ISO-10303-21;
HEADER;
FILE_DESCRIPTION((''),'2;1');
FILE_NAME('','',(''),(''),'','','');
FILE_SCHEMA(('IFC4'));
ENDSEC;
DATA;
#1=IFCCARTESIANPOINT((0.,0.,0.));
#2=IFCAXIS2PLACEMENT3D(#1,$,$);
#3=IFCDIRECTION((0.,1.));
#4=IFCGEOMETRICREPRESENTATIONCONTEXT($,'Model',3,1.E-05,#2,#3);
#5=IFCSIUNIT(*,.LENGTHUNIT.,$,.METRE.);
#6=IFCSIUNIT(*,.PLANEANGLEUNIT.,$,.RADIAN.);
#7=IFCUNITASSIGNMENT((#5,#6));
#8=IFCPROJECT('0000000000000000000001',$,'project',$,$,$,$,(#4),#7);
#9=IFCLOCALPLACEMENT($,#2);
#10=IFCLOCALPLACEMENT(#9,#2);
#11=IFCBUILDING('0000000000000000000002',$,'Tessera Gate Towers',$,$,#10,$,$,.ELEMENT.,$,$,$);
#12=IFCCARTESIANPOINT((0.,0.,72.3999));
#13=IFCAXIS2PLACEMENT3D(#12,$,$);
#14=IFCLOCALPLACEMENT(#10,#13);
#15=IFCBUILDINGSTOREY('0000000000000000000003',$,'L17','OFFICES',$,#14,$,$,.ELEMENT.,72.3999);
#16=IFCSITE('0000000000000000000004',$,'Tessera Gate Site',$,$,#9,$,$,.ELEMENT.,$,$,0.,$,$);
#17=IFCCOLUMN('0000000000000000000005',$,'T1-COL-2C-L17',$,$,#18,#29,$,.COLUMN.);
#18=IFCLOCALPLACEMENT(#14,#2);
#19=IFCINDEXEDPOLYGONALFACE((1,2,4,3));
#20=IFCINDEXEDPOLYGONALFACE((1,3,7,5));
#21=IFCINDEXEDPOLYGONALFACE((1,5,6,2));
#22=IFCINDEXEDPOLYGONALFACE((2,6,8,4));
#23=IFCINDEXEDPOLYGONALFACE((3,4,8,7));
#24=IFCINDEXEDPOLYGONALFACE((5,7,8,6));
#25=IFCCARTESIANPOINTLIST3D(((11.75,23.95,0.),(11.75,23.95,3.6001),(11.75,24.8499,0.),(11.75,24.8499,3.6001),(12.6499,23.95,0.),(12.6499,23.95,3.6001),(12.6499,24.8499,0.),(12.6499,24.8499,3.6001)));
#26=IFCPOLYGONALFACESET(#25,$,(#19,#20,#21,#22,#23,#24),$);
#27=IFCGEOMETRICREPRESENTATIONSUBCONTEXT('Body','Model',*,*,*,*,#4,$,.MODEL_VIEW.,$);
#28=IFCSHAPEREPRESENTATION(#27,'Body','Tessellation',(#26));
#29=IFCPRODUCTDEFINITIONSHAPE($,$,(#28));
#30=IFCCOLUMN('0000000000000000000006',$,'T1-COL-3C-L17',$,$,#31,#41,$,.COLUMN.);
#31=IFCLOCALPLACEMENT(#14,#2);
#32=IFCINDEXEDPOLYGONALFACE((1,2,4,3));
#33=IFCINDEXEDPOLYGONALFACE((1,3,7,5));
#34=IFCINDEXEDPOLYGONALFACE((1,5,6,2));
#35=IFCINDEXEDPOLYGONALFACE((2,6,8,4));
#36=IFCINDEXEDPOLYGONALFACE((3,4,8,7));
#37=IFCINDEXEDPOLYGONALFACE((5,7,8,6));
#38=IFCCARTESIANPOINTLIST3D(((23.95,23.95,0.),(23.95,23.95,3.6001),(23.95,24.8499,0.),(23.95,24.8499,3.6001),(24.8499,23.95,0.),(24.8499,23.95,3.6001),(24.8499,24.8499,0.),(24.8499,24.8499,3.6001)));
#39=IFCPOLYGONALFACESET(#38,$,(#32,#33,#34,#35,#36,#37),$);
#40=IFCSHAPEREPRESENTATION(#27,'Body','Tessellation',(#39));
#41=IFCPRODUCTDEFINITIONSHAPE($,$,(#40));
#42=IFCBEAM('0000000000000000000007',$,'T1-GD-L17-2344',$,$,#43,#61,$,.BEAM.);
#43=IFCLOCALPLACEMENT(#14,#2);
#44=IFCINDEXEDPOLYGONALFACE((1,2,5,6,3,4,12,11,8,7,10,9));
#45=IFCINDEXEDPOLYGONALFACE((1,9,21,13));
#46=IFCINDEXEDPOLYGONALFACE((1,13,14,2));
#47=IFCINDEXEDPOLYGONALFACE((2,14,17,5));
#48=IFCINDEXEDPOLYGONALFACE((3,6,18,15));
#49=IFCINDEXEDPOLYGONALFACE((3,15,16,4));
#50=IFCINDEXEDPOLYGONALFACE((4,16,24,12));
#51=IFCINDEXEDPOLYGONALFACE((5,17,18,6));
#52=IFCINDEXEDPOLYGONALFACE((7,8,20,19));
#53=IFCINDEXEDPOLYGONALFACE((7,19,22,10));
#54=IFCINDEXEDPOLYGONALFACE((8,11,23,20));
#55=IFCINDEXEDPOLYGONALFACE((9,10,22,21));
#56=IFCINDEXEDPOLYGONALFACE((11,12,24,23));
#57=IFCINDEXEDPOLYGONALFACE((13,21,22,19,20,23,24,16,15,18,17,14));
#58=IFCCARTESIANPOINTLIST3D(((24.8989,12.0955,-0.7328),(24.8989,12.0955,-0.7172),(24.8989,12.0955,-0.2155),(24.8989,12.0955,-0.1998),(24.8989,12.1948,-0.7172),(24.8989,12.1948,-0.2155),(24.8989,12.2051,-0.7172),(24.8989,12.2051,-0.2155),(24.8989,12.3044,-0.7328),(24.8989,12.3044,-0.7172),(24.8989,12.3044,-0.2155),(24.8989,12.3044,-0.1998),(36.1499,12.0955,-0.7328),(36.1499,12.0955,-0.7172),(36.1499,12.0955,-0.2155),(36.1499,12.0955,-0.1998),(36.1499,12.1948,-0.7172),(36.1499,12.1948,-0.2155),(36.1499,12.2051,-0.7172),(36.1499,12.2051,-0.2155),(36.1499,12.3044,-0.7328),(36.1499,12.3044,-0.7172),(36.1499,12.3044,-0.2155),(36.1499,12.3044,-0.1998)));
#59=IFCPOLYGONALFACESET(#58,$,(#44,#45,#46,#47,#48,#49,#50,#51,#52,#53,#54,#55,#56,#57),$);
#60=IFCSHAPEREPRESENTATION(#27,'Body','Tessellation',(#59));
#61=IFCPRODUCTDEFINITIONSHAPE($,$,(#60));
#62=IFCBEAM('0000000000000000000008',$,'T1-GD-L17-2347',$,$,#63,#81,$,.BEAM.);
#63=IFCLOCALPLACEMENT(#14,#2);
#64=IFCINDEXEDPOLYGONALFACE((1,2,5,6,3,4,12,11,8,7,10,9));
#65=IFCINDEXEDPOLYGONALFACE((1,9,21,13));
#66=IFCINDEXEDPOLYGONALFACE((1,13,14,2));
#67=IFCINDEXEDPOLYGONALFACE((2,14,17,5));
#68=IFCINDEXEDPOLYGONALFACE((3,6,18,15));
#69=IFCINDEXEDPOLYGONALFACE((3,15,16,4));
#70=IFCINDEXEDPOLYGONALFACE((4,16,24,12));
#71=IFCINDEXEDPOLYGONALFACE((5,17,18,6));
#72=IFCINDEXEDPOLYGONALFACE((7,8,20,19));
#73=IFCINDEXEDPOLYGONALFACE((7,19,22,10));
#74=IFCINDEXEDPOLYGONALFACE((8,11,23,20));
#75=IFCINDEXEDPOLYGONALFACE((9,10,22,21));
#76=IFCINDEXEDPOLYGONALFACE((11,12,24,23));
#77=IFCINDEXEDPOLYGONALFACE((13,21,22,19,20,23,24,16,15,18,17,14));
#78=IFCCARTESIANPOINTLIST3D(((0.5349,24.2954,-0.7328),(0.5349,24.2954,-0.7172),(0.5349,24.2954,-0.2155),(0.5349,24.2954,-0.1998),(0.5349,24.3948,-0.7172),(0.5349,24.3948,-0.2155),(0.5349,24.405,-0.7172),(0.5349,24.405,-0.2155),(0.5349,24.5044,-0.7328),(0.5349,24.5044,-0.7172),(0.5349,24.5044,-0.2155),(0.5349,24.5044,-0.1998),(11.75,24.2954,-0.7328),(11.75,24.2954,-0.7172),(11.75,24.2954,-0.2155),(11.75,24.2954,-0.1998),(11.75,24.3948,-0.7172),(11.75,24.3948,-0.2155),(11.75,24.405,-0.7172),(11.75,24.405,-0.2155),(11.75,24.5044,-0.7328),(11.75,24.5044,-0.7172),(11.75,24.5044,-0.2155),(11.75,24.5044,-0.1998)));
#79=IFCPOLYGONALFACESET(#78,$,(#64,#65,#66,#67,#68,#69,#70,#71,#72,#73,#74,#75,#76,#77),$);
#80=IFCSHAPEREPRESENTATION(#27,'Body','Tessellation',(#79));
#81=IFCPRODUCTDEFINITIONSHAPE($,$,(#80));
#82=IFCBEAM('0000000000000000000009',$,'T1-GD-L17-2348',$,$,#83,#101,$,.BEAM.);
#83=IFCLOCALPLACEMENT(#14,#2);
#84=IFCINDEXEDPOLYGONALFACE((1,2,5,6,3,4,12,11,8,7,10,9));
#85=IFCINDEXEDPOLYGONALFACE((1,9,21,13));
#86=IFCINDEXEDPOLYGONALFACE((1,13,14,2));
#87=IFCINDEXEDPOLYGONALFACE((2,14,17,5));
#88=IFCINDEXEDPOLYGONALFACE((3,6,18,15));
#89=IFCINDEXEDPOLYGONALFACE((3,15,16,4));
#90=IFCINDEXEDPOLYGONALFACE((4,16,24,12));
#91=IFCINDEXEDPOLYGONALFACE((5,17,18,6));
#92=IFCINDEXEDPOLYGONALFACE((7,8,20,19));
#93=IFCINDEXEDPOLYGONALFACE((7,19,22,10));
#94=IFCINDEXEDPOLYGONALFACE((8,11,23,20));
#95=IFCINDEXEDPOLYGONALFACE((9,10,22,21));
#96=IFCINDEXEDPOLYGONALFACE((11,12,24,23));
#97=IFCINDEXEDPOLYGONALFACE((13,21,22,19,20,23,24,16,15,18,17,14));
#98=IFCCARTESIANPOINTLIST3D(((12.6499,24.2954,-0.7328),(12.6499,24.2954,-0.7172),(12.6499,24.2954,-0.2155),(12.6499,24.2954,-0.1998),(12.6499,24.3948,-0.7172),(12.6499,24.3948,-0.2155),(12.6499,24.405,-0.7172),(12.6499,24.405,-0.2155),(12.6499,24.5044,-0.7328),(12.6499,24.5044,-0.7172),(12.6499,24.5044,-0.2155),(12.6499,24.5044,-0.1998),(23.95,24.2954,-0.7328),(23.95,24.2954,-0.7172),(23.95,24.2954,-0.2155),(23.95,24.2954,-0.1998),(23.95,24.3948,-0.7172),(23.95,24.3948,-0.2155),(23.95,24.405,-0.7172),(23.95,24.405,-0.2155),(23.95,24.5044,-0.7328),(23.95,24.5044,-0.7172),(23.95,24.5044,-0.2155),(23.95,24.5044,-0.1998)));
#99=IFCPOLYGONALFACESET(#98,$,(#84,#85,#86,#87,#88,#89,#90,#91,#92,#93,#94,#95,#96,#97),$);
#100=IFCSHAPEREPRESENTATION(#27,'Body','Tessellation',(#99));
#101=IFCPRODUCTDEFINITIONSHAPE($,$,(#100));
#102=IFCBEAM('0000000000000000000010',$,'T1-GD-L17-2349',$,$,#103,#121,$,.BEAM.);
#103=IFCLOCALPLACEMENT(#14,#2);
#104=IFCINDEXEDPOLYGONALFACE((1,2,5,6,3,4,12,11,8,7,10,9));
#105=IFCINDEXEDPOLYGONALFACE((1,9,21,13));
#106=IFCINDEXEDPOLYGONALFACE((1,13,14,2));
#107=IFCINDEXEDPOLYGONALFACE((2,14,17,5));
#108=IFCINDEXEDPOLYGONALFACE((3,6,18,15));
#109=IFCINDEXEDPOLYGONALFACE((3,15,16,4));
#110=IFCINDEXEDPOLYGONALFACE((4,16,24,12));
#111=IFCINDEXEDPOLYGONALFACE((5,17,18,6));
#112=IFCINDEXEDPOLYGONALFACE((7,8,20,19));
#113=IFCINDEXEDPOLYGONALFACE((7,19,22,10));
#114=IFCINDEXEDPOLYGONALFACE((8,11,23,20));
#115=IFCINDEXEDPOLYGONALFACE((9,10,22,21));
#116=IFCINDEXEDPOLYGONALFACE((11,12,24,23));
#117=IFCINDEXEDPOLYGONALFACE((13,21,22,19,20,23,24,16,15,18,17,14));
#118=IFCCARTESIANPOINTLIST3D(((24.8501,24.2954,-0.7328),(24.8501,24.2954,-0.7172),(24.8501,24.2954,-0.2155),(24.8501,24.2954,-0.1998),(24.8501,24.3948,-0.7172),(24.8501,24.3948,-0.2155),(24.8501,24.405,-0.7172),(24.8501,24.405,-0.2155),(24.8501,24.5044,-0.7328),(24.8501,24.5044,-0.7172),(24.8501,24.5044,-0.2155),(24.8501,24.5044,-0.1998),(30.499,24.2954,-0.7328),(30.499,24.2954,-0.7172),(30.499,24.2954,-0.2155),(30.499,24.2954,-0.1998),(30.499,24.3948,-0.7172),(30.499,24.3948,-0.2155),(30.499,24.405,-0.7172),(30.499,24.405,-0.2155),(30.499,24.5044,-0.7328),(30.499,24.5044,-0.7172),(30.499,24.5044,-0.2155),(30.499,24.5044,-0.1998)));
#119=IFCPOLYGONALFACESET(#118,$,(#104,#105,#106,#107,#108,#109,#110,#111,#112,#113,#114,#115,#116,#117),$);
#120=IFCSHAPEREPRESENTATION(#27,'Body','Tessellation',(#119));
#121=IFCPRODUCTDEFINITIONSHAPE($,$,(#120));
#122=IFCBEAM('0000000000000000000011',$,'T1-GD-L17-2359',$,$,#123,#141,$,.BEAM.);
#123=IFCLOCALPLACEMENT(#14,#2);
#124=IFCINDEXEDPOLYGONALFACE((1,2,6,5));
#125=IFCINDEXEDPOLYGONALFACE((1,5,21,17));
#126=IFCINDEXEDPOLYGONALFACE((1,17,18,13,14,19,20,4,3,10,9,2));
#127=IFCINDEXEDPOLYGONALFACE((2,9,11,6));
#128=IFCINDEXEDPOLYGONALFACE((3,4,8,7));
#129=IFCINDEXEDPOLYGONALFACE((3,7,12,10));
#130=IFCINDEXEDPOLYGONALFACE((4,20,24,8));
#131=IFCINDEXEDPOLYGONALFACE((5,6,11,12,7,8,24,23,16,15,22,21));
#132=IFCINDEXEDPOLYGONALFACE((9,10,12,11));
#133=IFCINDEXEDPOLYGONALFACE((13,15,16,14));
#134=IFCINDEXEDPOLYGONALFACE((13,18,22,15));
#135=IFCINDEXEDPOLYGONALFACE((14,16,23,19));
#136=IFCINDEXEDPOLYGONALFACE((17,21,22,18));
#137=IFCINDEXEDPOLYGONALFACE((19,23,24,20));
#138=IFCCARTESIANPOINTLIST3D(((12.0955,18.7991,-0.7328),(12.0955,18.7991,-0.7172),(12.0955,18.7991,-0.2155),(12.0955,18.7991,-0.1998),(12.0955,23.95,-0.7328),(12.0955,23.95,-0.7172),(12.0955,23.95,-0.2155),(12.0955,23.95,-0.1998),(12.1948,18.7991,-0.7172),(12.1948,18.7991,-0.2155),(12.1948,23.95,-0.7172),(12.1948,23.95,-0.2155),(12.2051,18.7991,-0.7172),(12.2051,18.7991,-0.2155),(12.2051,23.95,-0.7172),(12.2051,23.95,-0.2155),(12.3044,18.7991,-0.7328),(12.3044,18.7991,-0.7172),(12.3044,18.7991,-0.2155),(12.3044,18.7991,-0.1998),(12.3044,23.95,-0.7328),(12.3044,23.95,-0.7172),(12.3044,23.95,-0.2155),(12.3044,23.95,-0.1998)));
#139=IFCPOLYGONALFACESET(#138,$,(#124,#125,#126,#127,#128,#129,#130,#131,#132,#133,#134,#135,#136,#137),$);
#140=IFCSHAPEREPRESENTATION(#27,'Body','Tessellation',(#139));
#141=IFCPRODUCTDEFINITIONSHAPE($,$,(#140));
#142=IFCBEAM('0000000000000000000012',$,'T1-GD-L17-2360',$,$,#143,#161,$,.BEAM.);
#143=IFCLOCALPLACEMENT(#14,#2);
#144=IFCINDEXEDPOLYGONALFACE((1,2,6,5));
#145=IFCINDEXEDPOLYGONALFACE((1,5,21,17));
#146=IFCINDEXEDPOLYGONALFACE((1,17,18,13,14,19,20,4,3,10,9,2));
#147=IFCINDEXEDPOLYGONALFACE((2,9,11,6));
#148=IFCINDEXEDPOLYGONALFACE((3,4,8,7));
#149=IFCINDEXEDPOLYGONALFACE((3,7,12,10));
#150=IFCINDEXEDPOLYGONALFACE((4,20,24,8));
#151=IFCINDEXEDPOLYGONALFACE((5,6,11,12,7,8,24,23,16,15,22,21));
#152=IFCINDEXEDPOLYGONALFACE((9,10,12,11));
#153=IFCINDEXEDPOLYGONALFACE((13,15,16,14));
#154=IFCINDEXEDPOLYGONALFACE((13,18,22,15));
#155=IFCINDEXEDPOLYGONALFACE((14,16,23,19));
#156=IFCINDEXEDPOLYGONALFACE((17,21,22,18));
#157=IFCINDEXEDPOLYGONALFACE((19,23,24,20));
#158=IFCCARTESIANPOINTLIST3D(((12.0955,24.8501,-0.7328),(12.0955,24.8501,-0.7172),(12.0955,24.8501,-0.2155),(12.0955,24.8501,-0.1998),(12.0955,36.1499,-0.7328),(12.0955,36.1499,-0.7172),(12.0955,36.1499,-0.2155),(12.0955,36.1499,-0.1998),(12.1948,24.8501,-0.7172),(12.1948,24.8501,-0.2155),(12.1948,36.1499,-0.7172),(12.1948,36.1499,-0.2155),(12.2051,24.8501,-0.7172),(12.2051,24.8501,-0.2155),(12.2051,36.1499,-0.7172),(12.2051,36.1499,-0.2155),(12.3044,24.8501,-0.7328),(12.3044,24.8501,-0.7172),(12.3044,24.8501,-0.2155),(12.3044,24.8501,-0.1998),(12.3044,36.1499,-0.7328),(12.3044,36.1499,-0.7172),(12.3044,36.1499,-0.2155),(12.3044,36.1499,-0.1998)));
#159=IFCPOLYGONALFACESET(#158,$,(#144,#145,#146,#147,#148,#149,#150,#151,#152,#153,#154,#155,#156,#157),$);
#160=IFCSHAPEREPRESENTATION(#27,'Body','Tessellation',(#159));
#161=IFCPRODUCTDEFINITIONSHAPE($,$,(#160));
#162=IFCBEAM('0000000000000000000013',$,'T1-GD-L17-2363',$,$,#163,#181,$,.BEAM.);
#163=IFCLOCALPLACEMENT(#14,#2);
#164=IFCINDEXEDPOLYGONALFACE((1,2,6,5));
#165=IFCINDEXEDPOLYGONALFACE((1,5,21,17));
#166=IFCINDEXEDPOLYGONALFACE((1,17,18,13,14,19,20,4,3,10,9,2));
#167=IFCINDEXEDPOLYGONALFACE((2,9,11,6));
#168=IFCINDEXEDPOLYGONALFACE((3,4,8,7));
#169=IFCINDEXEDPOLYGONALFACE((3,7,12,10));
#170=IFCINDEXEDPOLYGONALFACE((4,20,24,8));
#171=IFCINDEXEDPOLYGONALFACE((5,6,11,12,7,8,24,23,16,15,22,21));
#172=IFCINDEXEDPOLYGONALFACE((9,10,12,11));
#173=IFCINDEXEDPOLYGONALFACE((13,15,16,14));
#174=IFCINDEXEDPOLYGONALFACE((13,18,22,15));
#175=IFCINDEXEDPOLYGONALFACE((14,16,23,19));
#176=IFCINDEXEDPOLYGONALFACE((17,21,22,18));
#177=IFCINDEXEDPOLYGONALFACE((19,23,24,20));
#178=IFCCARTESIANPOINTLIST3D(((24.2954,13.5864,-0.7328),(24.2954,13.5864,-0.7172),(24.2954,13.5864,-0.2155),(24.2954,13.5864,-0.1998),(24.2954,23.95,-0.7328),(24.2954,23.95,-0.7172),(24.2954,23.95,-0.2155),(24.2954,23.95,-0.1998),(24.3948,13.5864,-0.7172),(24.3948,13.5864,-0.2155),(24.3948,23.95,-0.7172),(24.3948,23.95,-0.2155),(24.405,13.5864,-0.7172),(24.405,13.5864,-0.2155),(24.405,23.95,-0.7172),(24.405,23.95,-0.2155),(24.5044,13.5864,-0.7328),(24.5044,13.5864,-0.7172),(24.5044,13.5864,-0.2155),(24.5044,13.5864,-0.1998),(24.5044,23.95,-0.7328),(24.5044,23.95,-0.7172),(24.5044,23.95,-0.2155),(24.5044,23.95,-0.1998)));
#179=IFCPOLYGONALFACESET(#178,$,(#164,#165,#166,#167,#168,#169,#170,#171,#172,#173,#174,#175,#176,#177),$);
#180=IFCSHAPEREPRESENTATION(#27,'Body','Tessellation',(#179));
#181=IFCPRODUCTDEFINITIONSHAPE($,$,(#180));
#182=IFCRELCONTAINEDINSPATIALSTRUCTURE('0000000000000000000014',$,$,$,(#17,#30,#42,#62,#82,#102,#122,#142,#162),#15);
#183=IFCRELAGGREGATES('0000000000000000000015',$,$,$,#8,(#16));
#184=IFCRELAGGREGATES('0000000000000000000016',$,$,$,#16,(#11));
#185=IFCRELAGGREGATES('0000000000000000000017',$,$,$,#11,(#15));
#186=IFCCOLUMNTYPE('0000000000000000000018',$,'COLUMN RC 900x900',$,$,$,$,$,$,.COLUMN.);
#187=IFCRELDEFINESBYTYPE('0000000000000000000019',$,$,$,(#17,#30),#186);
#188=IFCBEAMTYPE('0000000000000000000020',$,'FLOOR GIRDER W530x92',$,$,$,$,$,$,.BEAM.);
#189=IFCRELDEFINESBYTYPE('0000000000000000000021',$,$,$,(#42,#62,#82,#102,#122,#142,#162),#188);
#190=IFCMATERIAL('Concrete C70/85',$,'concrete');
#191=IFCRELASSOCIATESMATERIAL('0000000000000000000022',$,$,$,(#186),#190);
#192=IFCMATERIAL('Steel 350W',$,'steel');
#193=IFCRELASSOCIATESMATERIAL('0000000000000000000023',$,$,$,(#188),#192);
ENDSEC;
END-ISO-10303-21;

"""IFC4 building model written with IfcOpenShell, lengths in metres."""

from ifc_helpers import new_model, si_unit, direction, frame, origin, origin_2d, place, context, subcontext, project, spatial, rectangle, i_section, extrude, material, material_profile, profile_set, type_object, element, save


model = new_model("IFC4")

# Units and contexts
model_context = context("Model", 3, precision=1e-05, world=origin(), true_north=direction((0.0, 1.0)))
body_context = subcontext(model_context, "Body", "Model", "MODEL_VIEW")
ifc_project = project(units=[si_unit("LENGTHUNIT", "METRE"), si_unit("PLANEANGLEUNIT", "RADIAN")], contexts=[model_context])

# Site, building, storey
site_placement = place(None, origin())
site = spatial("IfcSite", under=ifc_project, at=site_placement, Name="Tessera Gate Site", CompositionType="ELEMENT", RefElevation=0.0)
building_placement = place(site_placement, origin())
building = spatial("IfcBuilding", under=site, at=building_placement, Name="Tessera Gate Towers", CompositionType="ELEMENT")
storey_placement = place(building_placement, frame((0.0, 0.0, 72.3999)))
storey = spatial("IfcBuildingStorey", under=building, at=storey_placement, Name="L17", Description="OFFICES", CompositionType="ELEMENT", Elevation=72.3999)

# Columns
ifc_material_1 = material(Name="Concrete C70/85", Category="concrete")
ifc_material_profile_1 = material_profile(ifc_material_1, rectangle(XDim=0.8999, YDim=0.8999, at=origin_2d()), Name="RC 900x900")
ifc_profile_set_1 = profile_set([ifc_material_profile_1], Name="Concrete C70/85")
column_type = type_object("IfcColumnType", Name="COLUMN RC 900x900", PredefinedType="COLUMN", material=ifc_profile_set_1)
for number, where, z_axis, x_axis, name in (
    (1, (12.2, 24.3999, 0.0), (0.0, 0.0, 1.0), (1.0, 0.0, 0.0), "T1-COL-2C-L17"),
    (2, (24.3999, 24.3999, 0.0), (0.0, 0.0, 1.0), (1.0, 0.0, 0.0), "T1-COL-3C-L17"),
):
    element("IfcColumn", number, at=place(storey_placement, frame(where, z_axis=z_axis, x_axis=x_axis)), inside=storey, type_object=column_type, Name=name, PredefinedType="COLUMN", context=body_context, shape_type="SweptSolid", body=[
        extrude(rectangle(XDim=0.8999, YDim=0.8999, at=origin_2d()), origin(), (0.0, 0.0, 1.0), 3.6001),
    ])

# Beams
ifc_material_2 = material(Name="Steel 350W", Category="steel")
ifc_material_profile_2 = material_profile(ifc_material_2, i_section(OverallWidth=0.209, OverallDepth=0.533, WebThickness=0.0103, FlangeThickness=0.0156, at=origin_2d()), Name="W530x92")
ifc_profile_set_2 = profile_set([ifc_material_profile_2], Name="Steel 350W")
beam_type_1 = type_object("IfcBeamType", Name="FLOOR GIRDER W530x92", PredefinedType="BEAM", material=ifc_profile_set_2)
beam_1_placement = place(storey_placement, frame((24.8989, 12.2, -0.4663), z_axis=(1.0, 0.0, 0.0), x_axis=(0.0, 1.0, 0.0)))
element("IfcBeam", 3, at=beam_1_placement, inside=storey, type_object=beam_type_1, Name="T1-GD-L17-2344", PredefinedType="BEAM", context=body_context, shape_type="SweptSolid", body=[
    extrude(i_section(OverallWidth=0.209, OverallDepth=0.533, WebThickness=0.0103, FlangeThickness=0.0156, at=origin_2d()), origin(), (0.0, 0.0, 1.0), 11.251),
])
beam_2_placement = place(storey_placement, frame((0.5349, 24.3999, -0.4663), z_axis=(1.0, 0.0, 0.0), x_axis=(0.0, 1.0, 0.0)))
element("IfcBeam", 4, at=beam_2_placement, inside=storey, type_object=beam_type_1, Name="T1-GD-L17-2347", PredefinedType="BEAM", context=body_context, shape_type="SweptSolid", body=[
    extrude(i_section(OverallWidth=0.209, OverallDepth=0.533, WebThickness=0.0103, FlangeThickness=0.0156, at=origin_2d()), origin(), (0.0, 0.0, 1.0), 11.2151),
])
beam_3_placement = place(storey_placement, frame((12.6499, 24.3999, -0.4663), z_axis=(1.0, 0.0, 0.0), x_axis=(0.0, 1.0, 0.0)))
element("IfcBeam", 5, at=beam_3_placement, inside=storey, type_object=beam_type_1, Name="T1-GD-L17-2348", PredefinedType="BEAM", context=body_context, shape_type="SweptSolid", body=[
    extrude(i_section(OverallWidth=0.209, OverallDepth=0.533, WebThickness=0.0103, FlangeThickness=0.0156, at=origin_2d()), origin(), (0.0, 0.0, 1.0), 11.3),
])
beam_4_placement = place(storey_placement, frame((24.8501, 24.3999, -0.4663), z_axis=(1.0, 0.0, 0.0), x_axis=(0.0, 1.0, 0.0)))
element("IfcBeam", 6, at=beam_4_placement, inside=storey, type_object=beam_type_1, Name="T1-GD-L17-2349", PredefinedType="BEAM", context=body_context, shape_type="SweptSolid", body=[
    extrude(i_section(OverallWidth=0.209, OverallDepth=0.533, WebThickness=0.0103, FlangeThickness=0.0156, at=origin_2d()), origin(), (0.0, 0.0, 1.0), 5.6489),
])
beam_5_placement = place(storey_placement, frame((12.2, 18.7991, -0.4663), z_axis=(0.0, 1.0, 0.0), x_axis=(-1.0, 0.0, 0.0)))
element("IfcBeam", 7, at=beam_5_placement, inside=storey, type_object=beam_type_1, Name="T1-GD-L17-2359", PredefinedType="BEAM", context=body_context, shape_type="SweptSolid", body=[
    extrude(i_section(OverallWidth=0.209, OverallDepth=0.533, WebThickness=0.0103, FlangeThickness=0.0156, at=origin_2d()), origin(), (0.0, 0.0, 1.0), 5.1509),
])
beam_6_placement = place(storey_placement, frame((12.2, 24.8501, -0.4663), z_axis=(0.0, 1.0, 0.0), x_axis=(-1.0, 0.0, 0.0)))
element("IfcBeam", 8, at=beam_6_placement, inside=storey, type_object=beam_type_1, Name="T1-GD-L17-2360", PredefinedType="BEAM", context=body_context, shape_type="SweptSolid", body=[
    extrude(i_section(OverallWidth=0.209, OverallDepth=0.533, WebThickness=0.0103, FlangeThickness=0.0156, at=origin_2d()), origin(), (0.0, 0.0, 1.0), 11.2998),
])
beam_7_placement = place(storey_placement, frame((24.3999, 13.5864, -0.4663), z_axis=(0.0, 1.0, 0.0), x_axis=(-1.0, 0.0, 0.0)))
element("IfcBeam", 9, at=beam_7_placement, inside=storey, type_object=beam_type_1, Name="T1-GD-L17-2363", PredefinedType="BEAM", context=body_context, shape_type="SweptSolid", body=[
    extrude(i_section(OverallWidth=0.209, OverallDepth=0.533, WebThickness=0.0103, FlangeThickness=0.0156, at=origin_2d()), origin(), (0.0, 0.0, 1.0), 10.3635),
])

save(model, "model.ifc")
